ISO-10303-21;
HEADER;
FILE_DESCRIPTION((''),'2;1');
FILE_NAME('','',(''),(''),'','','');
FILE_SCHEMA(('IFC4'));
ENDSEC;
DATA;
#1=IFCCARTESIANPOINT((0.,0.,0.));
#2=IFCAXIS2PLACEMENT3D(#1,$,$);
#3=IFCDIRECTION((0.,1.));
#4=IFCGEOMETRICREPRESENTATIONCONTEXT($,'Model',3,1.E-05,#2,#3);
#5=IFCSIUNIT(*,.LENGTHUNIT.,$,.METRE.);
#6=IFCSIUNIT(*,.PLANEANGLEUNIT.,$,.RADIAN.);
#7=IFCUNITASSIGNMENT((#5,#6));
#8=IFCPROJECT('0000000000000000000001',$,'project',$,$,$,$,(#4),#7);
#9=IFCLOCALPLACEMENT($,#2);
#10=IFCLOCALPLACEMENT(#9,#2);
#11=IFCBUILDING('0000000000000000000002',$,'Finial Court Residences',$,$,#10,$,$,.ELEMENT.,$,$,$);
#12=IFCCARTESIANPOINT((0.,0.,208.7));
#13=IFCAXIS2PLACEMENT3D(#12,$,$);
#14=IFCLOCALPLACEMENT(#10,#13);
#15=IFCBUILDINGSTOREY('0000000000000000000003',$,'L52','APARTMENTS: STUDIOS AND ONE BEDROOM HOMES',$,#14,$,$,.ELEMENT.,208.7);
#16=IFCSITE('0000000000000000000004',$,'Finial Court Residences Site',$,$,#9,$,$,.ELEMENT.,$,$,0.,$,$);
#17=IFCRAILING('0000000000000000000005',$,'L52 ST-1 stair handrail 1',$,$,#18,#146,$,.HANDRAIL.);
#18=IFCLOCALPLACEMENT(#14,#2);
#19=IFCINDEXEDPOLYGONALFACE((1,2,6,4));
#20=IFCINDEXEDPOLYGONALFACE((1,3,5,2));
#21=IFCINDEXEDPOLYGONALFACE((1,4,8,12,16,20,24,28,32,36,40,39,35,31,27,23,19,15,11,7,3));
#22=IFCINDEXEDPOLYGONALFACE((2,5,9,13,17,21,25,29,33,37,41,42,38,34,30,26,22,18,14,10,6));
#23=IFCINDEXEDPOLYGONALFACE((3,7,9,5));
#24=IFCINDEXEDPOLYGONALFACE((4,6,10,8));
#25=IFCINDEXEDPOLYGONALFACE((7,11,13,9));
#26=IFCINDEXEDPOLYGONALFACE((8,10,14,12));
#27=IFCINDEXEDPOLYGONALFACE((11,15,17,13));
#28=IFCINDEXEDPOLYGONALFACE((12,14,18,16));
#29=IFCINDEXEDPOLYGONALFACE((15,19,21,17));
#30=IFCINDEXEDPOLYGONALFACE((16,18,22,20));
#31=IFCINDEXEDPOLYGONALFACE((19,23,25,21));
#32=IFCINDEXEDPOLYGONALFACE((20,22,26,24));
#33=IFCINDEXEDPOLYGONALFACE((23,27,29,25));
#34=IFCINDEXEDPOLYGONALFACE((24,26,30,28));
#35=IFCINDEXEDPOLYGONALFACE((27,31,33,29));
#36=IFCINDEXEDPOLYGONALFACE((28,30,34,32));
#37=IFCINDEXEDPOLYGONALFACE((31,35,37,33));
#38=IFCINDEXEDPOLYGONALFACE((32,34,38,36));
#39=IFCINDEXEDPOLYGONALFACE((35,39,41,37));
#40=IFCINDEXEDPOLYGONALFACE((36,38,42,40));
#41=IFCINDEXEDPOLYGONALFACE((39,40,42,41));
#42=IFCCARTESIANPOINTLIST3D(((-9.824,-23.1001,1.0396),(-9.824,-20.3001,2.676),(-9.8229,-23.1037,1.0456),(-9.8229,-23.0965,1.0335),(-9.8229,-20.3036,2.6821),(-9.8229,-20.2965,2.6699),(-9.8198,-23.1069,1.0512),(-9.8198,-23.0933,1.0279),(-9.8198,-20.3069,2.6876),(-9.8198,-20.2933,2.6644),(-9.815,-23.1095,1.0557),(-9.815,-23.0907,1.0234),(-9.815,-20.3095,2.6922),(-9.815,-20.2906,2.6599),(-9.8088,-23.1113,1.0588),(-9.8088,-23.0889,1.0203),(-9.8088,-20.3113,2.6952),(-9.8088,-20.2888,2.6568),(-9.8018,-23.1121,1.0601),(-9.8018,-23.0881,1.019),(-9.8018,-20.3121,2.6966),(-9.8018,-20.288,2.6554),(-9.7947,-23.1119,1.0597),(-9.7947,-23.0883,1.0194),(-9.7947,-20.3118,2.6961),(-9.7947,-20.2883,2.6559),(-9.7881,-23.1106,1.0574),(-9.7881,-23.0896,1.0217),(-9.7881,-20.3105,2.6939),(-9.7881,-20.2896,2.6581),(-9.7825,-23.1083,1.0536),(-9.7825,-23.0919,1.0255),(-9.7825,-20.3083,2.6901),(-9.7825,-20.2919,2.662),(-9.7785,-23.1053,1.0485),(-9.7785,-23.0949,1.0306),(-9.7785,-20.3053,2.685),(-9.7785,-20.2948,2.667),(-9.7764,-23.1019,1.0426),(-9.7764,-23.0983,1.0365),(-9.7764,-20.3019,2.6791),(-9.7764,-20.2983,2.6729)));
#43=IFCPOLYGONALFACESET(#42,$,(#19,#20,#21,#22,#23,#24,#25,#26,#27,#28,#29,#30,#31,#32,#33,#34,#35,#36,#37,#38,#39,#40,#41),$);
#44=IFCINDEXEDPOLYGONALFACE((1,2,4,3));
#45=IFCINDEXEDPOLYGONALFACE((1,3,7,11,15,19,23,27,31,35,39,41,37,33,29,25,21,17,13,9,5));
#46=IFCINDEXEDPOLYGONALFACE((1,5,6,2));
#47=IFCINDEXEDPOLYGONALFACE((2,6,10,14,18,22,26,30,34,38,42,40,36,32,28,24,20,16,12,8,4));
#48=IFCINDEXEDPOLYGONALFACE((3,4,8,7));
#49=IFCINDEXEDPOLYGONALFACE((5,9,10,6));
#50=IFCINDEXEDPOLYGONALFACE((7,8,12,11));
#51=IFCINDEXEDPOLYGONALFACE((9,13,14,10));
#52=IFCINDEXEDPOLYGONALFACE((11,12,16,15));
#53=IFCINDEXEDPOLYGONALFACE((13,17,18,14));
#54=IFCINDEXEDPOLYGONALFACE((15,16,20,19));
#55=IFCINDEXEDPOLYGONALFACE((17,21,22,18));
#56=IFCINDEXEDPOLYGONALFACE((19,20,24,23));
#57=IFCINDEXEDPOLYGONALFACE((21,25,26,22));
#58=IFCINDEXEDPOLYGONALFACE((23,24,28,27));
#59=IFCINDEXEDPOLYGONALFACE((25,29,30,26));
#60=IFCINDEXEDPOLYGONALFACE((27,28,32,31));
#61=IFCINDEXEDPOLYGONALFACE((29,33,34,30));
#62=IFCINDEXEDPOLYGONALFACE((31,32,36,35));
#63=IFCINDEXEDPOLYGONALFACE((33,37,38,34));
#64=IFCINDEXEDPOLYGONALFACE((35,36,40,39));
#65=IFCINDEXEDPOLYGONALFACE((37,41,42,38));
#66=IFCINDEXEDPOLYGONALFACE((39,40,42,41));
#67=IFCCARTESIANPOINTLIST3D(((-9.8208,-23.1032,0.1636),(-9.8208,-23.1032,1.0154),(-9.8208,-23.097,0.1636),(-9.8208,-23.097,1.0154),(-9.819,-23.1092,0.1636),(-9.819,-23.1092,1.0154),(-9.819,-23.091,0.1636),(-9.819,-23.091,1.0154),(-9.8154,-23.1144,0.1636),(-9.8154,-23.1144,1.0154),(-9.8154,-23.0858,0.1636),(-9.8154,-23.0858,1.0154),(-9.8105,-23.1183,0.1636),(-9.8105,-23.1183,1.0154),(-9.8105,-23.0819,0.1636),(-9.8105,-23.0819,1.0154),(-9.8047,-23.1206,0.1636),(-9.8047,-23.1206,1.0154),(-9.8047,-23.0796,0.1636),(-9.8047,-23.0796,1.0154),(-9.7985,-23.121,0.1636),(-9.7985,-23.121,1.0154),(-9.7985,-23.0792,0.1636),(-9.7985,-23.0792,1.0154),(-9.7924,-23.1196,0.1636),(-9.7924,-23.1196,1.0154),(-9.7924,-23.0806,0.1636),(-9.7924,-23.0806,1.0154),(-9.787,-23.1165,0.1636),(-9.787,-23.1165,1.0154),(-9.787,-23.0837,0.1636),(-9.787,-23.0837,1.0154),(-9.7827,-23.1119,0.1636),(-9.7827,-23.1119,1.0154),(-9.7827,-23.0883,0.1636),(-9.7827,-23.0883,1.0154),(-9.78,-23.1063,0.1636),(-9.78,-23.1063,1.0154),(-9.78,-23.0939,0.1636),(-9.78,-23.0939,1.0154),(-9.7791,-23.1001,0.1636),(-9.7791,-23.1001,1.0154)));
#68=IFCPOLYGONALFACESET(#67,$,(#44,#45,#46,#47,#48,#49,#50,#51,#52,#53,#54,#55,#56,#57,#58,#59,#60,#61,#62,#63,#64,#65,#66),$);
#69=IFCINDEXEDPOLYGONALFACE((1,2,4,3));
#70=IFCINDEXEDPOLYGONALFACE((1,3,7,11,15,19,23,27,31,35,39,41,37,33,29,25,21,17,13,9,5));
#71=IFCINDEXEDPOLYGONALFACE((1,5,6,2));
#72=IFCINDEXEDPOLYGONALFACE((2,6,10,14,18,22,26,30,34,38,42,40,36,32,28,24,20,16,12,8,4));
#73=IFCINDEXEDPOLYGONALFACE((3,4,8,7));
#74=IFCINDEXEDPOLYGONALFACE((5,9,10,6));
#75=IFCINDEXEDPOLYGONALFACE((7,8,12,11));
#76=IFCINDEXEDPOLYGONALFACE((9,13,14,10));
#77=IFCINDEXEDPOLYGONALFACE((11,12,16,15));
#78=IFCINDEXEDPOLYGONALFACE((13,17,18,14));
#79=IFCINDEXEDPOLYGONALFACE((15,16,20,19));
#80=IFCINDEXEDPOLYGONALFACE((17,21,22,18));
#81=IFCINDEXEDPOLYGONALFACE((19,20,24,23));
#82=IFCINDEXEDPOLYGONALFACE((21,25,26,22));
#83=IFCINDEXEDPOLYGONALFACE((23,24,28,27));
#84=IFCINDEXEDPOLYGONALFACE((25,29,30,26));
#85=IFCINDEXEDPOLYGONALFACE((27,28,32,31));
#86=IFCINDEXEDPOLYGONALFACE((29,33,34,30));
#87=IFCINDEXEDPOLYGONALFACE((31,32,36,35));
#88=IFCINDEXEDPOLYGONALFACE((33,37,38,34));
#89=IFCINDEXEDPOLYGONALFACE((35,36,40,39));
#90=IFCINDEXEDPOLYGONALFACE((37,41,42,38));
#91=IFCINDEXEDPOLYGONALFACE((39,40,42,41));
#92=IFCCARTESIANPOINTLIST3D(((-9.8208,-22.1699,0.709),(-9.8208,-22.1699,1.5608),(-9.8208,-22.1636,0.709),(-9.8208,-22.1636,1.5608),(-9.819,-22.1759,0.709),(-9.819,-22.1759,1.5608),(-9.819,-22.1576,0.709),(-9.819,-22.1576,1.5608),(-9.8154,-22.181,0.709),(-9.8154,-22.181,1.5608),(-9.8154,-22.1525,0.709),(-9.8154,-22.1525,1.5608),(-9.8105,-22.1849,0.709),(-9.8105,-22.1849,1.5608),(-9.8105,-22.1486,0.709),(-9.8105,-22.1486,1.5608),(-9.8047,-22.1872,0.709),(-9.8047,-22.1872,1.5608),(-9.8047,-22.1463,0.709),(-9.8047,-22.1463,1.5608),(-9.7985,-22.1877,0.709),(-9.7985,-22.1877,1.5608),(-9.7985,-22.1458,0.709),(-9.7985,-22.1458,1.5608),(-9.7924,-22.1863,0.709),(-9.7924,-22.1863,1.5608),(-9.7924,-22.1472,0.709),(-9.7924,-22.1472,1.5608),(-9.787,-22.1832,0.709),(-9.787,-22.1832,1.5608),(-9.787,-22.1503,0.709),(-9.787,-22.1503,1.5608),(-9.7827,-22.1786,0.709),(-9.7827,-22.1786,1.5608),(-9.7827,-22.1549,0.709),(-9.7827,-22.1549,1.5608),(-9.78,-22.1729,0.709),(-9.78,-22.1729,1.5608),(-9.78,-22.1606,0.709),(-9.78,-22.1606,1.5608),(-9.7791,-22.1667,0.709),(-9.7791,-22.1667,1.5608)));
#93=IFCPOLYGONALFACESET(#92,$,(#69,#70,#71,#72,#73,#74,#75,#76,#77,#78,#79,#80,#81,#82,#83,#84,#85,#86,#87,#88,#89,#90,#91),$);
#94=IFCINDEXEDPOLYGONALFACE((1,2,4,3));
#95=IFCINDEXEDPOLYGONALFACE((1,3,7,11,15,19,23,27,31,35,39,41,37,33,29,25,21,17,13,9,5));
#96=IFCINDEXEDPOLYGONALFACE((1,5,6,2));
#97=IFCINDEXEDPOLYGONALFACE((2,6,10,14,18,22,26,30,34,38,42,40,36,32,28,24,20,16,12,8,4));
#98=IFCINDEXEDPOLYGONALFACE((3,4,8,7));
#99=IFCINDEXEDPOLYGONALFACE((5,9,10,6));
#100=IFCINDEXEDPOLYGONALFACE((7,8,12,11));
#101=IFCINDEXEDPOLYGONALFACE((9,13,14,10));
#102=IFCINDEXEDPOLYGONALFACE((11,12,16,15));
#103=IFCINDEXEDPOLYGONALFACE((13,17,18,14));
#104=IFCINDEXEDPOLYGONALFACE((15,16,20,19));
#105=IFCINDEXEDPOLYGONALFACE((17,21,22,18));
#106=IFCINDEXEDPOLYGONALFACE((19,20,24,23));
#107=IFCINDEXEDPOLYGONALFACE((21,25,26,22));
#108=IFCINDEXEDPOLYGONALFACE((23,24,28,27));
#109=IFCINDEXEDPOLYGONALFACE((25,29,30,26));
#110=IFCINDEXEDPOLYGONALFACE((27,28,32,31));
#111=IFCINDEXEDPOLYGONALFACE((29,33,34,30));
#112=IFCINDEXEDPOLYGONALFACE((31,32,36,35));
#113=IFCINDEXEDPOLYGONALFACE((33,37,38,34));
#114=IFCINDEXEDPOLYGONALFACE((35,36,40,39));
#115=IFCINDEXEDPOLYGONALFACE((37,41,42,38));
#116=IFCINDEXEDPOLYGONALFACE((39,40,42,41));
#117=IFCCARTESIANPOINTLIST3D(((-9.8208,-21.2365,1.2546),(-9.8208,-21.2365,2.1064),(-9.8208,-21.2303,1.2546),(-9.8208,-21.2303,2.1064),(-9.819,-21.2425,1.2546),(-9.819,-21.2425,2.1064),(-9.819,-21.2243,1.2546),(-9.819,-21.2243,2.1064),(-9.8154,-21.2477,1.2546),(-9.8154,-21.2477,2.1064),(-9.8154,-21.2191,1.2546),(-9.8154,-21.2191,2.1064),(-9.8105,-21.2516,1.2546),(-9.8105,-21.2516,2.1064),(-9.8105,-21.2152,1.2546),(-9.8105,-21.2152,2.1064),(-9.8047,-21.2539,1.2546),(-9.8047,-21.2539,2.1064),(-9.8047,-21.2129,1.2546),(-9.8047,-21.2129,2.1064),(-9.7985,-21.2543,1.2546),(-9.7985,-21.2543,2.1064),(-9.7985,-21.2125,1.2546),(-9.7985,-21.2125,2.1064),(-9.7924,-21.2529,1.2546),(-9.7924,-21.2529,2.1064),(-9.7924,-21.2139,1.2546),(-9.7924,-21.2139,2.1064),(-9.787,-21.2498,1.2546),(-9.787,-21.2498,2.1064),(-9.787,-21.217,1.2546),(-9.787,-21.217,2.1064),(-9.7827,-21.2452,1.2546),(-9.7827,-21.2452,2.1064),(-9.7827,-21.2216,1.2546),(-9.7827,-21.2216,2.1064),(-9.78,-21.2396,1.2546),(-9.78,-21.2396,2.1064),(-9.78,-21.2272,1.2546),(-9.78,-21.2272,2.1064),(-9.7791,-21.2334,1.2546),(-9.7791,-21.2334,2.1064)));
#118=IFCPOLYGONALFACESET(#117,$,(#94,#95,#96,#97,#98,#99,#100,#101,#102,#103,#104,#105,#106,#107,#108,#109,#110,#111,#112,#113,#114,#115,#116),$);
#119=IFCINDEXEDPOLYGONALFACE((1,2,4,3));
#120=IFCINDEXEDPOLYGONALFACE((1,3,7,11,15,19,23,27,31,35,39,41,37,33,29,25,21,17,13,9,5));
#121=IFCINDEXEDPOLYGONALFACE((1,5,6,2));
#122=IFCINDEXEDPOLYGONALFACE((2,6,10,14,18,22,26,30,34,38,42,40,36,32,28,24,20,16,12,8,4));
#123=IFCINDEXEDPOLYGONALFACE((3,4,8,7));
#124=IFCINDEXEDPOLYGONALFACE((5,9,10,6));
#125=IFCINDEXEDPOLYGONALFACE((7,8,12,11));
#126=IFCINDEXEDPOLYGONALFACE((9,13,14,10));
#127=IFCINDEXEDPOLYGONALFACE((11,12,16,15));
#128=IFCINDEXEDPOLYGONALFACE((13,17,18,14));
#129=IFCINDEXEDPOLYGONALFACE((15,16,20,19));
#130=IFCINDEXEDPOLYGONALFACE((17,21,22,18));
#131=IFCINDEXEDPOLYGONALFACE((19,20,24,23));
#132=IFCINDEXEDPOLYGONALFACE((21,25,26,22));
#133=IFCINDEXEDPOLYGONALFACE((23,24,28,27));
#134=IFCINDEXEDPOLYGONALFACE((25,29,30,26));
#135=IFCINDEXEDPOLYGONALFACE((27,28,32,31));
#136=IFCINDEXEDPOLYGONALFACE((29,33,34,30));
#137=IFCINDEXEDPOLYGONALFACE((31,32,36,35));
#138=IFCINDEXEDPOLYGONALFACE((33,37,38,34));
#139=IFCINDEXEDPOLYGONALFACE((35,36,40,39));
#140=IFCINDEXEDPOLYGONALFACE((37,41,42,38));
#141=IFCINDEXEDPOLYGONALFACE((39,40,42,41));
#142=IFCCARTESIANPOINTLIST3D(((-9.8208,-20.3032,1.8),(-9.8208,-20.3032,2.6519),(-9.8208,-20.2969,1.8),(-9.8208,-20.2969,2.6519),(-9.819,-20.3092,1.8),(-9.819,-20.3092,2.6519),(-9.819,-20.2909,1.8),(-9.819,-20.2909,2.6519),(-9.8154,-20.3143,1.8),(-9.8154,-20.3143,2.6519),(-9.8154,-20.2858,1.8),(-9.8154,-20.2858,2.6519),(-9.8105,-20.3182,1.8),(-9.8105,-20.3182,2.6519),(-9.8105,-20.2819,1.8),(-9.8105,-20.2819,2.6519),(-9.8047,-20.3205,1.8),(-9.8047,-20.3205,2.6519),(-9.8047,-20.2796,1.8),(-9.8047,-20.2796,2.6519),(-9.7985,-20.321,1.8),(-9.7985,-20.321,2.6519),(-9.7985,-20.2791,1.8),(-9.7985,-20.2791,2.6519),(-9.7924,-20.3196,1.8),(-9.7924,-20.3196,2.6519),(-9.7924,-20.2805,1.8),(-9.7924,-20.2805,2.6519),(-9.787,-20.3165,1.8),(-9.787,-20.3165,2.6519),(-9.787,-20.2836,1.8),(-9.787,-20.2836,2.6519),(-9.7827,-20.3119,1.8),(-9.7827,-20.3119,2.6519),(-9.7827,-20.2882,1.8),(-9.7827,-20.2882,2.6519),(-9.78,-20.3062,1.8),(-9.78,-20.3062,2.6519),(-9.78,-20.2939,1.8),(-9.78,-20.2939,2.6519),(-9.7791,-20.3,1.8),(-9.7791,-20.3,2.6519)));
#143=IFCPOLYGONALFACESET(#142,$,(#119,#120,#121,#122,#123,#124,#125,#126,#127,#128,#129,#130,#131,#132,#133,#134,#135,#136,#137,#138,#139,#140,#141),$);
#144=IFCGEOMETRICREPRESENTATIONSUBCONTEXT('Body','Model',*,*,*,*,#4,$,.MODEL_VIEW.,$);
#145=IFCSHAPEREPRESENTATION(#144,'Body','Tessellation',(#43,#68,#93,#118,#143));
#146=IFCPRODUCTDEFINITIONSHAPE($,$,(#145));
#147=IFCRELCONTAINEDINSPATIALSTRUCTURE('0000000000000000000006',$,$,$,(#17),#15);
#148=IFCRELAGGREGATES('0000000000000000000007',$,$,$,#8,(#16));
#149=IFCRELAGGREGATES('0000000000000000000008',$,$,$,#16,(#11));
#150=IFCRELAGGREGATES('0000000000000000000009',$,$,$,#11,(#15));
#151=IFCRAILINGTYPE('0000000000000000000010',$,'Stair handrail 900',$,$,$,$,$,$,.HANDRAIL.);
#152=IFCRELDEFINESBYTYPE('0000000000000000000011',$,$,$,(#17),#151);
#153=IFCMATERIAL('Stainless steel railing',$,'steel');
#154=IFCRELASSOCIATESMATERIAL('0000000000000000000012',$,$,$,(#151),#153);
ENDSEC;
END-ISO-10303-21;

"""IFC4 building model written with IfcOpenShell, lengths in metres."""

from ifc_helpers import new_model, si_unit, direction, frame, origin, origin_2d, place, context, subcontext, project, spatial, circle, extrude, material, type_object, element, save


model = new_model("IFC4")

# Units and contexts
model_context = context("Model", 3, precision=1e-05, world=origin(), true_north=direction((0.0, 1.0)))
body_context = subcontext(model_context, "Body", "Model", "MODEL_VIEW")
ifc_project = project(units=[si_unit("LENGTHUNIT", "METRE"), si_unit("PLANEANGLEUNIT", "RADIAN")], contexts=[model_context])

# Site, building, storey
site_placement = place(None, origin())
site = spatial("IfcSite", under=ifc_project, at=site_placement, Name="Finial Court Residences Site", CompositionType="ELEMENT", RefElevation=0.0)
building_placement = place(site_placement, origin())
building = spatial("IfcBuilding", under=site, at=building_placement, Name="Finial Court Residences", CompositionType="ELEMENT")
storey_placement = place(building_placement, frame((0.0, 0.0, 208.7)))
storey = spatial("IfcBuildingStorey", under=building, at=storey_placement, Name="L52", Description="APARTMENTS: STUDIOS AND ONE BEDROOM HOMES", CompositionType="ELEMENT", Elevation=208.7)

# Railing
ifc_material_1 = material(Name="Stainless steel railing", Category="steel")
railing_type_1 = type_object("IfcRailingType", Name="Stair handrail 900", PredefinedType="HANDRAIL", material=ifc_material_1)
railing_1_placement = place(storey_placement, frame((-9.8, -23.1001, 0.1636)))
element("IfcRailing", 1, at=railing_1_placement, inside=storey, type_object=railing_type_1, Name="L52 ST-1 stair handrail 1", PredefinedType="HANDRAIL", context=body_context, shape_type="SweptSolid", body=[
    extrude(circle(Radius=0.0239, at=origin_2d()), frame((0.0, 0.0, 0.876), z_axis=(0.0, 0.863361, 0.504587), x_axis=(-1.0, 0.0, 0.0)), (0.0, 0.0, 1.0), 3.2432),
    extrude(circle(Radius=0.021, at=origin_2d()), origin(), (0.0, 0.0, 1.0), 0.8518),
    extrude(circle(Radius=0.021, at=origin_2d()), frame((0.0, 0.9333, 0.5454)), (0.0, 0.0, 1.0), 0.8518),
    extrude(circle(Radius=0.021, at=origin_2d()), frame((0.0, 1.8667, 1.0911)), (0.0, 0.0, 1.0), 0.8518),
    extrude(circle(Radius=0.021, at=origin_2d()), frame((0.0, 2.8, 1.6365)), (0.0, 0.0, 1.0), 0.8518),
])

save(model, "model.ifc")
